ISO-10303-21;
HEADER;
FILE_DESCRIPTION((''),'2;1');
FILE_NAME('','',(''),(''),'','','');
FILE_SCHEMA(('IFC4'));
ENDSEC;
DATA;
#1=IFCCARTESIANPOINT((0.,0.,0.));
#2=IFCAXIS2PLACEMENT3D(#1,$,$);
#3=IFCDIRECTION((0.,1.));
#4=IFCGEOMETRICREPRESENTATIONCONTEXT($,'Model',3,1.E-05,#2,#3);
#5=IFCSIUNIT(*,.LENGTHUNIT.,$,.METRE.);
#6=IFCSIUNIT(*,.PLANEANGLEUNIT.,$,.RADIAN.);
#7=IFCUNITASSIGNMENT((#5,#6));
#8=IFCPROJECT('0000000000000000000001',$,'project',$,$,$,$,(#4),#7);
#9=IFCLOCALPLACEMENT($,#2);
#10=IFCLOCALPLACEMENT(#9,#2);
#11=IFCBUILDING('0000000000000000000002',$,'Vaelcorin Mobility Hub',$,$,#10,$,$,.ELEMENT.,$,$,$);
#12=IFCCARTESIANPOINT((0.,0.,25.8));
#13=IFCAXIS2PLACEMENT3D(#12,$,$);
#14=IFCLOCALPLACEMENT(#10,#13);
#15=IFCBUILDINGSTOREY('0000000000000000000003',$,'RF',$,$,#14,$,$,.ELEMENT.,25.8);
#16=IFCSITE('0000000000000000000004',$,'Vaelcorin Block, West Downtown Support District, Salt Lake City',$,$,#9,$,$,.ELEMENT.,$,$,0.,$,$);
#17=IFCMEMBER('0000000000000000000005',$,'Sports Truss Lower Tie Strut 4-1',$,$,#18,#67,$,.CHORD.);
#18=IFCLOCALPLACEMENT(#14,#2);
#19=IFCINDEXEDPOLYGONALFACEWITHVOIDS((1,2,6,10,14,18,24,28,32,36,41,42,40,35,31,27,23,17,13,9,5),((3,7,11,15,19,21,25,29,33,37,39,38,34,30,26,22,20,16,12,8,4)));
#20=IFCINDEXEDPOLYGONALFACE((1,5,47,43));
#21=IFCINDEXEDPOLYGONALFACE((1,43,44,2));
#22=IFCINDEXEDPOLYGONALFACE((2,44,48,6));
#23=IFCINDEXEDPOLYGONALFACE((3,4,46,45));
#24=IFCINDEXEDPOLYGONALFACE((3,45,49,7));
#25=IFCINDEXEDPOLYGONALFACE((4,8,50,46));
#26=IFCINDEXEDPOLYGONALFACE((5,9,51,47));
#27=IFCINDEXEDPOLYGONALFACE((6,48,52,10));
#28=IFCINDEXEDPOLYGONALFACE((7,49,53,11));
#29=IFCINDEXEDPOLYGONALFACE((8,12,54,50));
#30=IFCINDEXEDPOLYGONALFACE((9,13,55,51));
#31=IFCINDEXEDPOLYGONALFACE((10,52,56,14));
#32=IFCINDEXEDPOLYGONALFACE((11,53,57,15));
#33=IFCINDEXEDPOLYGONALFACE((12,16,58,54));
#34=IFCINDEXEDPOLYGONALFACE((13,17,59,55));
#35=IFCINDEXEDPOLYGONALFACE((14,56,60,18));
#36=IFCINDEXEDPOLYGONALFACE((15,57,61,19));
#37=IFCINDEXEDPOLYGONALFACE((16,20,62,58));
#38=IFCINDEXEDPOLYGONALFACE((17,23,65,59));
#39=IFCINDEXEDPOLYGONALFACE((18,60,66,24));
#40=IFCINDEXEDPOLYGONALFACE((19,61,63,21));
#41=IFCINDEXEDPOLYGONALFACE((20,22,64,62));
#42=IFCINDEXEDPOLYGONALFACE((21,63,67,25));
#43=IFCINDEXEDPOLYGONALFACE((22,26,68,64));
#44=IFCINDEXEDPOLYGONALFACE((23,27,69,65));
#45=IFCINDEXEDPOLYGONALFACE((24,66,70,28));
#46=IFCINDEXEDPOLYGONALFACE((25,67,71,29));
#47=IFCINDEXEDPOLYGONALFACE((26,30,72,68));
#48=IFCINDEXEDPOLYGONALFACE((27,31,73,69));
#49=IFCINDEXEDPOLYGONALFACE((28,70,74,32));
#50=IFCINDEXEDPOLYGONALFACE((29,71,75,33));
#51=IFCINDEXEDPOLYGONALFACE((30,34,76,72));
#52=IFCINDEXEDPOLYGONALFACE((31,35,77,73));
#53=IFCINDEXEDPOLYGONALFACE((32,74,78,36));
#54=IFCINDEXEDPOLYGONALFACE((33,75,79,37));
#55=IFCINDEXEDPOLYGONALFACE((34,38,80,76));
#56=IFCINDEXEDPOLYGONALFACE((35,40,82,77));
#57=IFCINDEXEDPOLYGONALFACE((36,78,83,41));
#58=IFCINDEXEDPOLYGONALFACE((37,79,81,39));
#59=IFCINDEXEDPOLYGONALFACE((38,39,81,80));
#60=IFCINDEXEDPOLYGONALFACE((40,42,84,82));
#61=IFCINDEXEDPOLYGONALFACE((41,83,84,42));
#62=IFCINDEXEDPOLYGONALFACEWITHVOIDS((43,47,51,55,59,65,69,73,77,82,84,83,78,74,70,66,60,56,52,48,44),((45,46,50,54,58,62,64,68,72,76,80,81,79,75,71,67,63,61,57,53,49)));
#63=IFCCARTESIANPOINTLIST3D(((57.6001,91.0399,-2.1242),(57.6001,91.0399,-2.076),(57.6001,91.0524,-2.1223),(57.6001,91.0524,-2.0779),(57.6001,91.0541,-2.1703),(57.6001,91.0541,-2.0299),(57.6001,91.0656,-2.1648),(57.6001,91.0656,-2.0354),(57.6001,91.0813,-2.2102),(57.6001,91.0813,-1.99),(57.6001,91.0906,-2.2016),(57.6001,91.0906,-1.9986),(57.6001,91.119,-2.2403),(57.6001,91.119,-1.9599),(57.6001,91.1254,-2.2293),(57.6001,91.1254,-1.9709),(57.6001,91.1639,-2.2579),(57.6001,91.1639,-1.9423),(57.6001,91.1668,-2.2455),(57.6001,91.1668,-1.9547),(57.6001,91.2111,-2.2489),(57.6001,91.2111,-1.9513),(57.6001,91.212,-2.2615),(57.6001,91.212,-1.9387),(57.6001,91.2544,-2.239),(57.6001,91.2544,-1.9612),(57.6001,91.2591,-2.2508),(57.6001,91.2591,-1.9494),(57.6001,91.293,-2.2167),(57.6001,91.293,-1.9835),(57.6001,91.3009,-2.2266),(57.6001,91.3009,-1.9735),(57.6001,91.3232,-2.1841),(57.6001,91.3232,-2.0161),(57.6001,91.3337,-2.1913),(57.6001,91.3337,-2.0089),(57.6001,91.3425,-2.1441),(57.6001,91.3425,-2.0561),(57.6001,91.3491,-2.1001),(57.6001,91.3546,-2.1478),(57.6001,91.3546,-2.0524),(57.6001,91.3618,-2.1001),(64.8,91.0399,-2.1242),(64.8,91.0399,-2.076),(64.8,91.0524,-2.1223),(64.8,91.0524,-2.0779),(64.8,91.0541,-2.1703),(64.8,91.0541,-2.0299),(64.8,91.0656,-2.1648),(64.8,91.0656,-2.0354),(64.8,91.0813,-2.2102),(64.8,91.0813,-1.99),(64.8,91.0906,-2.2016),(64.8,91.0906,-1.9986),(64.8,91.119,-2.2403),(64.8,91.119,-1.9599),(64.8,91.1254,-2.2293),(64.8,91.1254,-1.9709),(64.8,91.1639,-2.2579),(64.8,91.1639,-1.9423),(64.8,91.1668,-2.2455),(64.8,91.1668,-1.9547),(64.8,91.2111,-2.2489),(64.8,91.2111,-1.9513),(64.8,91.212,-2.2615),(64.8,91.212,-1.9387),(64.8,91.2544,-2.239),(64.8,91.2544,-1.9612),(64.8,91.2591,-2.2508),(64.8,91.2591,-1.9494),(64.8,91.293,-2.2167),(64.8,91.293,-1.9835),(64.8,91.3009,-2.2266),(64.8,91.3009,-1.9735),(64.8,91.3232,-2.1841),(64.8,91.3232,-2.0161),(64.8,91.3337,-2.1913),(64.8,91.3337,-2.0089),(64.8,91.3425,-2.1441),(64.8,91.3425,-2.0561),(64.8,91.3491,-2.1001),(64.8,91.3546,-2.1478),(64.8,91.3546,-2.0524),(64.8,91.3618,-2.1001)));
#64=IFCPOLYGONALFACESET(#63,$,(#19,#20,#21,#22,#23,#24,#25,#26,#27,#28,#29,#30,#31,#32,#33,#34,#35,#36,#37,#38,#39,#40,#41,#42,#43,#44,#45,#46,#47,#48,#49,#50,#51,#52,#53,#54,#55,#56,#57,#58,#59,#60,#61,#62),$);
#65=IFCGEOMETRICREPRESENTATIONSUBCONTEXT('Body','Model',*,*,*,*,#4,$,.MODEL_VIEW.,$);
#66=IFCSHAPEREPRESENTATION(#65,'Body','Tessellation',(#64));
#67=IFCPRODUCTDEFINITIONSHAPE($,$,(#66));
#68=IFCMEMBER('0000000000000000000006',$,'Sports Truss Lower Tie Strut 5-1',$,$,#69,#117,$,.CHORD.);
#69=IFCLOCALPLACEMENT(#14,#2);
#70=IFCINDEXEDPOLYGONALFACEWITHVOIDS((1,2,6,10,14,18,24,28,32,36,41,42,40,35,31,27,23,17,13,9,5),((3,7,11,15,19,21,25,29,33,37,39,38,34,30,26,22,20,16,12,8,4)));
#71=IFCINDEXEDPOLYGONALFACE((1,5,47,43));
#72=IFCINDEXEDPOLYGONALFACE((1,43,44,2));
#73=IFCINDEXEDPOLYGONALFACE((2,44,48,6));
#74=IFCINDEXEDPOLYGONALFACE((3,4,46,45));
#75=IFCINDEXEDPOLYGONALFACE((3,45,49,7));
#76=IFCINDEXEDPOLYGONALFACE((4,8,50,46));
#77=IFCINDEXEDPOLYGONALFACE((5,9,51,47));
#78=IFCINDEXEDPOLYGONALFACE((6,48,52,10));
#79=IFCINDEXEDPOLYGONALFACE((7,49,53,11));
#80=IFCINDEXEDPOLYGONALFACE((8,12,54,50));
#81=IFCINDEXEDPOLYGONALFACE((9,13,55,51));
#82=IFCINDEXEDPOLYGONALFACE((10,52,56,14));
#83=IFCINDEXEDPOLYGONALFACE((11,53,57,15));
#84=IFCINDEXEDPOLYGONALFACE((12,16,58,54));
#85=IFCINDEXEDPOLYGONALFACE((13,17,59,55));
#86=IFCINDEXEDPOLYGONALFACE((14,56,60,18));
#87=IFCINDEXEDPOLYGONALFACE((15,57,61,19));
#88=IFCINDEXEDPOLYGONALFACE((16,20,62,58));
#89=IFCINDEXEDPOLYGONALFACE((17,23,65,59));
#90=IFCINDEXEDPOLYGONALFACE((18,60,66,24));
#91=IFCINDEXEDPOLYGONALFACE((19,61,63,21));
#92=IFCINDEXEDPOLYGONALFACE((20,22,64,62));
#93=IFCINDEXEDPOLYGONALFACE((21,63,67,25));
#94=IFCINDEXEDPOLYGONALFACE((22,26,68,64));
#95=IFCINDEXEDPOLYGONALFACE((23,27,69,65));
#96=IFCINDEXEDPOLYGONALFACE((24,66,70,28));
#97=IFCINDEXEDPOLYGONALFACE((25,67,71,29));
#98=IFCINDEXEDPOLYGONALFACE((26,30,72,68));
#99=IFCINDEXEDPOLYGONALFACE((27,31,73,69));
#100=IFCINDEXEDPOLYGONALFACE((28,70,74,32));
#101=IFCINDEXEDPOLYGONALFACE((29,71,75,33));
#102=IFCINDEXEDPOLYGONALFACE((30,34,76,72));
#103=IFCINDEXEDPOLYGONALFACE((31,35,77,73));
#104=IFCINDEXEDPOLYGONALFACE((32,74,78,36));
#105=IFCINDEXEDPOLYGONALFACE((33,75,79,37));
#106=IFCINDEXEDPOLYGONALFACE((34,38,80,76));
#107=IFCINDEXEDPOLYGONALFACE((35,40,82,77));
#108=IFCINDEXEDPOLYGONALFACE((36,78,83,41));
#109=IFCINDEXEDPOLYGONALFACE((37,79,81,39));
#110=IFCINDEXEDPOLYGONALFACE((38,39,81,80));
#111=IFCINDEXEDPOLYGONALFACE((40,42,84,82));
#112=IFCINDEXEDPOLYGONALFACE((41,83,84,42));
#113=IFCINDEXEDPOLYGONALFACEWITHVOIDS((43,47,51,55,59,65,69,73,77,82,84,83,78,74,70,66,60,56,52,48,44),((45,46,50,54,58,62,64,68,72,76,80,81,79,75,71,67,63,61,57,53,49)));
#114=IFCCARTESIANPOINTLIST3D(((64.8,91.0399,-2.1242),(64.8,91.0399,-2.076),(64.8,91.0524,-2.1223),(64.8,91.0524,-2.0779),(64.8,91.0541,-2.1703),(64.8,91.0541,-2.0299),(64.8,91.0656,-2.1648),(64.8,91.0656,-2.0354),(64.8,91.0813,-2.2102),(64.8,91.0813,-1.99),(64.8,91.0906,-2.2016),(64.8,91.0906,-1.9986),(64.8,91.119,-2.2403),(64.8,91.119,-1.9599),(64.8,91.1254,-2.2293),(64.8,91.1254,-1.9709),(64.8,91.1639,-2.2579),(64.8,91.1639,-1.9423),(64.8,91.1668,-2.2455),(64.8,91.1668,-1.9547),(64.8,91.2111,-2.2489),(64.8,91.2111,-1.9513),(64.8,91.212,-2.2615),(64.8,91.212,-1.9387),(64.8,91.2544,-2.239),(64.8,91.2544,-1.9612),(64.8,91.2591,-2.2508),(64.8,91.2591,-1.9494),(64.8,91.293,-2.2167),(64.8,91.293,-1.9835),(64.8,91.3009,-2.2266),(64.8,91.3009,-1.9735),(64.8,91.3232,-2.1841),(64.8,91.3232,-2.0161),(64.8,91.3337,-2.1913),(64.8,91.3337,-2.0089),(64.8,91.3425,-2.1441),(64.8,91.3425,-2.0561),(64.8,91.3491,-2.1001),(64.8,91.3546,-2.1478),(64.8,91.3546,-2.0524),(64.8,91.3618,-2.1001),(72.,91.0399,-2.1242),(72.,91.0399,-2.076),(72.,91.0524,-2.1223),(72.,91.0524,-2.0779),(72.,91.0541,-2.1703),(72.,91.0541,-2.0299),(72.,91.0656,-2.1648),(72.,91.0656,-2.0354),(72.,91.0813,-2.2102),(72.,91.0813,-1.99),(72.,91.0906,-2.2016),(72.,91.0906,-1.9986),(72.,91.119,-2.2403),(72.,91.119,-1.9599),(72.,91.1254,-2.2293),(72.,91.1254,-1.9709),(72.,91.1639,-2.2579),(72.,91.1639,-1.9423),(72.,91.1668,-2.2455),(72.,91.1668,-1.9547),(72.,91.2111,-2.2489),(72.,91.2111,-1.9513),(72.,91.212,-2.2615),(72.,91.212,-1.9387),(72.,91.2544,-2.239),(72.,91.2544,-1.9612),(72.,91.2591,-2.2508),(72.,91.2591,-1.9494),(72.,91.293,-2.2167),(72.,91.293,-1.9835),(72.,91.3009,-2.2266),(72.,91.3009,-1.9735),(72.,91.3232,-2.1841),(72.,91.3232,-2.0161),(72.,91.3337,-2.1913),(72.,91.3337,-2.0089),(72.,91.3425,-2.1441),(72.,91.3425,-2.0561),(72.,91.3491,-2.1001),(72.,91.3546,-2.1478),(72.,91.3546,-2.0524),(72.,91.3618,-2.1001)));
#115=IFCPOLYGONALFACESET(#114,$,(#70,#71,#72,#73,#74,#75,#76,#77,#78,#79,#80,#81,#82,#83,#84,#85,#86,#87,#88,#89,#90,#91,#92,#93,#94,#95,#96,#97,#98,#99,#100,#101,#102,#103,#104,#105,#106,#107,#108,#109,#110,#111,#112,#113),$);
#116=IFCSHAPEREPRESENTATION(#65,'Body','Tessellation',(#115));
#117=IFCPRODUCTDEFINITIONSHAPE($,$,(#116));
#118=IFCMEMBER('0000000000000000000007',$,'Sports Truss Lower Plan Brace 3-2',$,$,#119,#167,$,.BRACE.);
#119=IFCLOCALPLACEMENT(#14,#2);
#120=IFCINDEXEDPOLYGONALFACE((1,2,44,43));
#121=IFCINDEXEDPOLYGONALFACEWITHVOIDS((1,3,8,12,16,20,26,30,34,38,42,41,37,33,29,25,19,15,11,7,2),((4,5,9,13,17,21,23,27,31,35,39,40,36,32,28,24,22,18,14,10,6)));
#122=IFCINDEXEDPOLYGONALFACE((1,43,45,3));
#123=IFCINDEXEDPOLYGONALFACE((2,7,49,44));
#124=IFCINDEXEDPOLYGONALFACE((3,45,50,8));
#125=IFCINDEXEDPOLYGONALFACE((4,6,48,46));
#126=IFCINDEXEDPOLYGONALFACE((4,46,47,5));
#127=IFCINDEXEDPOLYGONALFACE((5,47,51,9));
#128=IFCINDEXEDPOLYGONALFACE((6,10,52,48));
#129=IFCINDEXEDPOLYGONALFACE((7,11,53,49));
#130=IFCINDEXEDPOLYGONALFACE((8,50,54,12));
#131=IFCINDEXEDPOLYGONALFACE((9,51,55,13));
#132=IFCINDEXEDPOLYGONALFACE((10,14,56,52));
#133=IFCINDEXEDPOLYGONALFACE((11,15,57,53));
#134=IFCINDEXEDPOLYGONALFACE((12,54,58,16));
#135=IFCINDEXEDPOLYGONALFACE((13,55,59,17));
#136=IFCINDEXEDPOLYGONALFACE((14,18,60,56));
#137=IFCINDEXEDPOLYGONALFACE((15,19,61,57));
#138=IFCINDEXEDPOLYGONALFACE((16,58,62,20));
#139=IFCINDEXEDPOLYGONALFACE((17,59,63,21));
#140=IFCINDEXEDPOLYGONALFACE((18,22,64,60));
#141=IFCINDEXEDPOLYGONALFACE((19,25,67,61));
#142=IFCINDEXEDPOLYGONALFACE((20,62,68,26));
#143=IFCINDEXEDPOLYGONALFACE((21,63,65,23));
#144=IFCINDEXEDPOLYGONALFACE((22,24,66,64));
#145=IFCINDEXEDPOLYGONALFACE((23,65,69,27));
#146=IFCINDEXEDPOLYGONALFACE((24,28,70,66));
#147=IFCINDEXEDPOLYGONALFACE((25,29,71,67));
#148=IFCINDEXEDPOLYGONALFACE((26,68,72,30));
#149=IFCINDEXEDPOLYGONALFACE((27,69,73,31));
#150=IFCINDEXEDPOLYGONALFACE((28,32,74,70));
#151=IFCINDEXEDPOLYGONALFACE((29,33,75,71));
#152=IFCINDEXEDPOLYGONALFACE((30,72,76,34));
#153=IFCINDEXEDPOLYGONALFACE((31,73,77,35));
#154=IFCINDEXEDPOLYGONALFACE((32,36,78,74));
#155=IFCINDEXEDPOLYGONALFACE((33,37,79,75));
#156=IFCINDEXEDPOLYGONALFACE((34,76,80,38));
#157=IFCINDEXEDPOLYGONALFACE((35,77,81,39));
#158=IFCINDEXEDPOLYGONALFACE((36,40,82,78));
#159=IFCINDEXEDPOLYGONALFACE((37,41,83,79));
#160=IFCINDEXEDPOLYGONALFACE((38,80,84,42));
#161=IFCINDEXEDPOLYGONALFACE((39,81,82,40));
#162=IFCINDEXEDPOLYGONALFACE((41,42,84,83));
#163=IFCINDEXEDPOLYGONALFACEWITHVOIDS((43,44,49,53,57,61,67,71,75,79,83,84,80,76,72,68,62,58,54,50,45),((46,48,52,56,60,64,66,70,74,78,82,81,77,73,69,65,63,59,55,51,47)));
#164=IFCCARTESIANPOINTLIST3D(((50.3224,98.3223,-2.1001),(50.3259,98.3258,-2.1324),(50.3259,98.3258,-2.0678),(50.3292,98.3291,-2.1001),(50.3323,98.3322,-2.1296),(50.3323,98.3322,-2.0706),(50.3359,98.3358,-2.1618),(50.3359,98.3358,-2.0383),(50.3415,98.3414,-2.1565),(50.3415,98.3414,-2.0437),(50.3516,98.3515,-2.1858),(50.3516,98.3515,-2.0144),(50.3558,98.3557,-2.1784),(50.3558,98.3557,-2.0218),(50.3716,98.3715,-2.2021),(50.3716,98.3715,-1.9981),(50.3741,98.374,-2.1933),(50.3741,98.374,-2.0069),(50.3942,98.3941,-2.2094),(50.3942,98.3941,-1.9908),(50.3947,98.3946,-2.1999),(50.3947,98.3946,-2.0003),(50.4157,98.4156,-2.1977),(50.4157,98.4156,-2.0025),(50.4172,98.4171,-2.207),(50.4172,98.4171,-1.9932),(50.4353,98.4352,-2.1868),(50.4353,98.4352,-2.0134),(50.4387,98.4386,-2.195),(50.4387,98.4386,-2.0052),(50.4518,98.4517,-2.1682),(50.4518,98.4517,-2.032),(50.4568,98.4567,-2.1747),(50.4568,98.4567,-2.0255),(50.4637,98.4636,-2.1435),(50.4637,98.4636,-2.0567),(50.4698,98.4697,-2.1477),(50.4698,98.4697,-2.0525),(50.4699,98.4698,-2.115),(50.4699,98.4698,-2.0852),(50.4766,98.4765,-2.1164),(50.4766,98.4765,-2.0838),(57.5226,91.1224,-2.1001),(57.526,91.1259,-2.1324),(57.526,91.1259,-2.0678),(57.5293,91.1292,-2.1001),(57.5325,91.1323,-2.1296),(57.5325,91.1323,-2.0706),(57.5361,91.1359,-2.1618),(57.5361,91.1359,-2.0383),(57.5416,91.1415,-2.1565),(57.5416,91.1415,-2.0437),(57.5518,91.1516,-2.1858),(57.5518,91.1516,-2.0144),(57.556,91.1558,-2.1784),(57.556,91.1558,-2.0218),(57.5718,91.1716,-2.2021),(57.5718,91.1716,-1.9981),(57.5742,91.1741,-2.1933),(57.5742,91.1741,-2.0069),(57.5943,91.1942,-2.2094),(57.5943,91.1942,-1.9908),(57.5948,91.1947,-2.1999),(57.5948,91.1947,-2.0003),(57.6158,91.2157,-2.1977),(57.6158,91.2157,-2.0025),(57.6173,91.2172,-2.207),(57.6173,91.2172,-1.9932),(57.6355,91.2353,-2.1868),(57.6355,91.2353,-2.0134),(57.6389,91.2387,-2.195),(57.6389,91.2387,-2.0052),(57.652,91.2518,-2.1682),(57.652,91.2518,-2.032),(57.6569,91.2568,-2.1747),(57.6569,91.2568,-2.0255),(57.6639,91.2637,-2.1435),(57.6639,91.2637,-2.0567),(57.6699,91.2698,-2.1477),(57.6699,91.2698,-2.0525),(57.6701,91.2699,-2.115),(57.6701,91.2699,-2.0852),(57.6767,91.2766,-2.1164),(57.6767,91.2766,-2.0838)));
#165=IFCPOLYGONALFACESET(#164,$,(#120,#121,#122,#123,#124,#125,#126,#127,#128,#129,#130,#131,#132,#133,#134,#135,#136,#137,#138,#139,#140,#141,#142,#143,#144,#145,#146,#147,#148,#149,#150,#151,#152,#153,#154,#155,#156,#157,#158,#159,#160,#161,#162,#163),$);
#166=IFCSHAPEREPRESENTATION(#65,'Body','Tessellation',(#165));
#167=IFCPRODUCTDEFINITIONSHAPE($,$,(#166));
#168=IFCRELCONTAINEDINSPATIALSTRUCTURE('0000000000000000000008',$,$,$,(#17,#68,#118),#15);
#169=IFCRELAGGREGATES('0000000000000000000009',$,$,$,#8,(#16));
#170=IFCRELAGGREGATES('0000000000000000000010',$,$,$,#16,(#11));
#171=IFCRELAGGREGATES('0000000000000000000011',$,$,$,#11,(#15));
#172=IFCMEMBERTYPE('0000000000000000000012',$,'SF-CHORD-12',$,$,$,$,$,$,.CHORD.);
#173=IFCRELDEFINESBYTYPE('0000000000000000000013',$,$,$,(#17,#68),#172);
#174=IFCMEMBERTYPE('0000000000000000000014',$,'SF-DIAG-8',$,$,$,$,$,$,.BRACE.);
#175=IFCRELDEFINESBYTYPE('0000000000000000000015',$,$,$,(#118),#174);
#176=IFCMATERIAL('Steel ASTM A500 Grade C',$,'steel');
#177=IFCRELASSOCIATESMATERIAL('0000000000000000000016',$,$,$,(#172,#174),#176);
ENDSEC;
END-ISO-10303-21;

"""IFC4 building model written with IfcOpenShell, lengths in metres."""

from ifc_helpers import new_model, si_unit, direction, frame, origin, origin_2d, place, context, subcontext, project, spatial, hollow_circle, extrude, material, material_profile, profile_set, type_object, element, save


model = new_model("IFC4")

# Units and contexts
model_context = context("Model", 3, precision=1e-05, world=origin(), true_north=direction((0.0, 1.0)))
body_context = subcontext(model_context, "Body", "Model", "MODEL_VIEW")
ifc_project = project(units=[si_unit("LENGTHUNIT", "METRE"), si_unit("PLANEANGLEUNIT", "RADIAN")], contexts=[model_context])

# Site, building, storey
site_placement = place(None, origin())
site = spatial("IfcSite", under=ifc_project, at=site_placement, Name="Vaelcorin Block, West Downtown Support District, Salt Lake City", CompositionType="ELEMENT", RefElevation=0.0)
building_placement = place(site_placement, origin())
building = spatial("IfcBuilding", under=site, at=building_placement, Name="Vaelcorin Mobility Hub", CompositionType="ELEMENT")
storey_placement = place(building_placement, frame((0.0, 0.0, 25.8)))
storey = spatial("IfcBuildingStorey", under=building, at=storey_placement, Name="RF", CompositionType="ELEMENT", Elevation=25.8)

# Members
ifc_material_1 = material(Name="Steel ASTM A500 Grade C", Category="steel")
ifc_material_profile_1 = material_profile(ifc_material_1, hollow_circle(Radius=0.1619, WallThickness=0.0127, at=origin_2d()), Name="HSS12.750X0.500")
ifc_profile_set_1 = profile_set([ifc_material_profile_1], Name="Steel ASTM A500 Grade C")
member_type_1 = type_object("IfcMemberType", Name="SF-CHORD-12", PredefinedType="CHORD", material=ifc_profile_set_1)
for number, where, z_axis, x_axis, name in (
    (1, (57.6001, 91.2, -2.1001), (1.0, 0.0, 0.0), (0.0, 1.0, 0.0), "Sports Truss Lower Tie Strut 4-1"),
    (2, (64.8, 91.2, -2.1001), (1.0, 0.0, 0.0), (0.0, 1.0, 0.0), "Sports Truss Lower Tie Strut 5-1"),
):
    element("IfcMember", number, at=place(storey_placement, frame(where, z_axis=z_axis, x_axis=x_axis)), inside=storey, type_object=member_type_1, Name=name, PredefinedType="CHORD", context=body_context, shape_type="SweptSolid", body=[
        extrude(hollow_circle(Radius=0.1619, WallThickness=0.0127, at=origin_2d()), origin(), (0.0, 0.0, 1.0), 7.2),
    ])
ifc_material_profile_2 = material_profile(ifc_material_1, hollow_circle(Radius=0.1096, WallThickness=0.0095, at=origin_2d()), Name="HSS8.625X0.375")
ifc_profile_set_2 = profile_set([ifc_material_profile_2], Name="Steel ASTM A500 Grade C")
member_type_2 = type_object("IfcMemberType", Name="SF-DIAG-8", PredefinedType="BRACE", material=ifc_profile_set_2)
member_1_placement = place(storey_placement, frame((57.6001, 91.2, -2.1001), z_axis=(-0.707119, 0.707095, 0.0), x_axis=(-0.707095, -0.707119, 0.0)))
element("IfcMember", 3, at=member_1_placement, inside=storey, type_object=member_type_2, Name="Sports Truss Lower Plan Brace 3-2", PredefinedType="BRACE", context=body_context, shape_type="SweptSolid", body=[
    extrude(hollow_circle(Radius=0.1096, WallThickness=0.0095, at=origin_2d()), origin(), (0.0, 0.0, 1.0), 10.1824),
])

save(model, "model.ifc")
